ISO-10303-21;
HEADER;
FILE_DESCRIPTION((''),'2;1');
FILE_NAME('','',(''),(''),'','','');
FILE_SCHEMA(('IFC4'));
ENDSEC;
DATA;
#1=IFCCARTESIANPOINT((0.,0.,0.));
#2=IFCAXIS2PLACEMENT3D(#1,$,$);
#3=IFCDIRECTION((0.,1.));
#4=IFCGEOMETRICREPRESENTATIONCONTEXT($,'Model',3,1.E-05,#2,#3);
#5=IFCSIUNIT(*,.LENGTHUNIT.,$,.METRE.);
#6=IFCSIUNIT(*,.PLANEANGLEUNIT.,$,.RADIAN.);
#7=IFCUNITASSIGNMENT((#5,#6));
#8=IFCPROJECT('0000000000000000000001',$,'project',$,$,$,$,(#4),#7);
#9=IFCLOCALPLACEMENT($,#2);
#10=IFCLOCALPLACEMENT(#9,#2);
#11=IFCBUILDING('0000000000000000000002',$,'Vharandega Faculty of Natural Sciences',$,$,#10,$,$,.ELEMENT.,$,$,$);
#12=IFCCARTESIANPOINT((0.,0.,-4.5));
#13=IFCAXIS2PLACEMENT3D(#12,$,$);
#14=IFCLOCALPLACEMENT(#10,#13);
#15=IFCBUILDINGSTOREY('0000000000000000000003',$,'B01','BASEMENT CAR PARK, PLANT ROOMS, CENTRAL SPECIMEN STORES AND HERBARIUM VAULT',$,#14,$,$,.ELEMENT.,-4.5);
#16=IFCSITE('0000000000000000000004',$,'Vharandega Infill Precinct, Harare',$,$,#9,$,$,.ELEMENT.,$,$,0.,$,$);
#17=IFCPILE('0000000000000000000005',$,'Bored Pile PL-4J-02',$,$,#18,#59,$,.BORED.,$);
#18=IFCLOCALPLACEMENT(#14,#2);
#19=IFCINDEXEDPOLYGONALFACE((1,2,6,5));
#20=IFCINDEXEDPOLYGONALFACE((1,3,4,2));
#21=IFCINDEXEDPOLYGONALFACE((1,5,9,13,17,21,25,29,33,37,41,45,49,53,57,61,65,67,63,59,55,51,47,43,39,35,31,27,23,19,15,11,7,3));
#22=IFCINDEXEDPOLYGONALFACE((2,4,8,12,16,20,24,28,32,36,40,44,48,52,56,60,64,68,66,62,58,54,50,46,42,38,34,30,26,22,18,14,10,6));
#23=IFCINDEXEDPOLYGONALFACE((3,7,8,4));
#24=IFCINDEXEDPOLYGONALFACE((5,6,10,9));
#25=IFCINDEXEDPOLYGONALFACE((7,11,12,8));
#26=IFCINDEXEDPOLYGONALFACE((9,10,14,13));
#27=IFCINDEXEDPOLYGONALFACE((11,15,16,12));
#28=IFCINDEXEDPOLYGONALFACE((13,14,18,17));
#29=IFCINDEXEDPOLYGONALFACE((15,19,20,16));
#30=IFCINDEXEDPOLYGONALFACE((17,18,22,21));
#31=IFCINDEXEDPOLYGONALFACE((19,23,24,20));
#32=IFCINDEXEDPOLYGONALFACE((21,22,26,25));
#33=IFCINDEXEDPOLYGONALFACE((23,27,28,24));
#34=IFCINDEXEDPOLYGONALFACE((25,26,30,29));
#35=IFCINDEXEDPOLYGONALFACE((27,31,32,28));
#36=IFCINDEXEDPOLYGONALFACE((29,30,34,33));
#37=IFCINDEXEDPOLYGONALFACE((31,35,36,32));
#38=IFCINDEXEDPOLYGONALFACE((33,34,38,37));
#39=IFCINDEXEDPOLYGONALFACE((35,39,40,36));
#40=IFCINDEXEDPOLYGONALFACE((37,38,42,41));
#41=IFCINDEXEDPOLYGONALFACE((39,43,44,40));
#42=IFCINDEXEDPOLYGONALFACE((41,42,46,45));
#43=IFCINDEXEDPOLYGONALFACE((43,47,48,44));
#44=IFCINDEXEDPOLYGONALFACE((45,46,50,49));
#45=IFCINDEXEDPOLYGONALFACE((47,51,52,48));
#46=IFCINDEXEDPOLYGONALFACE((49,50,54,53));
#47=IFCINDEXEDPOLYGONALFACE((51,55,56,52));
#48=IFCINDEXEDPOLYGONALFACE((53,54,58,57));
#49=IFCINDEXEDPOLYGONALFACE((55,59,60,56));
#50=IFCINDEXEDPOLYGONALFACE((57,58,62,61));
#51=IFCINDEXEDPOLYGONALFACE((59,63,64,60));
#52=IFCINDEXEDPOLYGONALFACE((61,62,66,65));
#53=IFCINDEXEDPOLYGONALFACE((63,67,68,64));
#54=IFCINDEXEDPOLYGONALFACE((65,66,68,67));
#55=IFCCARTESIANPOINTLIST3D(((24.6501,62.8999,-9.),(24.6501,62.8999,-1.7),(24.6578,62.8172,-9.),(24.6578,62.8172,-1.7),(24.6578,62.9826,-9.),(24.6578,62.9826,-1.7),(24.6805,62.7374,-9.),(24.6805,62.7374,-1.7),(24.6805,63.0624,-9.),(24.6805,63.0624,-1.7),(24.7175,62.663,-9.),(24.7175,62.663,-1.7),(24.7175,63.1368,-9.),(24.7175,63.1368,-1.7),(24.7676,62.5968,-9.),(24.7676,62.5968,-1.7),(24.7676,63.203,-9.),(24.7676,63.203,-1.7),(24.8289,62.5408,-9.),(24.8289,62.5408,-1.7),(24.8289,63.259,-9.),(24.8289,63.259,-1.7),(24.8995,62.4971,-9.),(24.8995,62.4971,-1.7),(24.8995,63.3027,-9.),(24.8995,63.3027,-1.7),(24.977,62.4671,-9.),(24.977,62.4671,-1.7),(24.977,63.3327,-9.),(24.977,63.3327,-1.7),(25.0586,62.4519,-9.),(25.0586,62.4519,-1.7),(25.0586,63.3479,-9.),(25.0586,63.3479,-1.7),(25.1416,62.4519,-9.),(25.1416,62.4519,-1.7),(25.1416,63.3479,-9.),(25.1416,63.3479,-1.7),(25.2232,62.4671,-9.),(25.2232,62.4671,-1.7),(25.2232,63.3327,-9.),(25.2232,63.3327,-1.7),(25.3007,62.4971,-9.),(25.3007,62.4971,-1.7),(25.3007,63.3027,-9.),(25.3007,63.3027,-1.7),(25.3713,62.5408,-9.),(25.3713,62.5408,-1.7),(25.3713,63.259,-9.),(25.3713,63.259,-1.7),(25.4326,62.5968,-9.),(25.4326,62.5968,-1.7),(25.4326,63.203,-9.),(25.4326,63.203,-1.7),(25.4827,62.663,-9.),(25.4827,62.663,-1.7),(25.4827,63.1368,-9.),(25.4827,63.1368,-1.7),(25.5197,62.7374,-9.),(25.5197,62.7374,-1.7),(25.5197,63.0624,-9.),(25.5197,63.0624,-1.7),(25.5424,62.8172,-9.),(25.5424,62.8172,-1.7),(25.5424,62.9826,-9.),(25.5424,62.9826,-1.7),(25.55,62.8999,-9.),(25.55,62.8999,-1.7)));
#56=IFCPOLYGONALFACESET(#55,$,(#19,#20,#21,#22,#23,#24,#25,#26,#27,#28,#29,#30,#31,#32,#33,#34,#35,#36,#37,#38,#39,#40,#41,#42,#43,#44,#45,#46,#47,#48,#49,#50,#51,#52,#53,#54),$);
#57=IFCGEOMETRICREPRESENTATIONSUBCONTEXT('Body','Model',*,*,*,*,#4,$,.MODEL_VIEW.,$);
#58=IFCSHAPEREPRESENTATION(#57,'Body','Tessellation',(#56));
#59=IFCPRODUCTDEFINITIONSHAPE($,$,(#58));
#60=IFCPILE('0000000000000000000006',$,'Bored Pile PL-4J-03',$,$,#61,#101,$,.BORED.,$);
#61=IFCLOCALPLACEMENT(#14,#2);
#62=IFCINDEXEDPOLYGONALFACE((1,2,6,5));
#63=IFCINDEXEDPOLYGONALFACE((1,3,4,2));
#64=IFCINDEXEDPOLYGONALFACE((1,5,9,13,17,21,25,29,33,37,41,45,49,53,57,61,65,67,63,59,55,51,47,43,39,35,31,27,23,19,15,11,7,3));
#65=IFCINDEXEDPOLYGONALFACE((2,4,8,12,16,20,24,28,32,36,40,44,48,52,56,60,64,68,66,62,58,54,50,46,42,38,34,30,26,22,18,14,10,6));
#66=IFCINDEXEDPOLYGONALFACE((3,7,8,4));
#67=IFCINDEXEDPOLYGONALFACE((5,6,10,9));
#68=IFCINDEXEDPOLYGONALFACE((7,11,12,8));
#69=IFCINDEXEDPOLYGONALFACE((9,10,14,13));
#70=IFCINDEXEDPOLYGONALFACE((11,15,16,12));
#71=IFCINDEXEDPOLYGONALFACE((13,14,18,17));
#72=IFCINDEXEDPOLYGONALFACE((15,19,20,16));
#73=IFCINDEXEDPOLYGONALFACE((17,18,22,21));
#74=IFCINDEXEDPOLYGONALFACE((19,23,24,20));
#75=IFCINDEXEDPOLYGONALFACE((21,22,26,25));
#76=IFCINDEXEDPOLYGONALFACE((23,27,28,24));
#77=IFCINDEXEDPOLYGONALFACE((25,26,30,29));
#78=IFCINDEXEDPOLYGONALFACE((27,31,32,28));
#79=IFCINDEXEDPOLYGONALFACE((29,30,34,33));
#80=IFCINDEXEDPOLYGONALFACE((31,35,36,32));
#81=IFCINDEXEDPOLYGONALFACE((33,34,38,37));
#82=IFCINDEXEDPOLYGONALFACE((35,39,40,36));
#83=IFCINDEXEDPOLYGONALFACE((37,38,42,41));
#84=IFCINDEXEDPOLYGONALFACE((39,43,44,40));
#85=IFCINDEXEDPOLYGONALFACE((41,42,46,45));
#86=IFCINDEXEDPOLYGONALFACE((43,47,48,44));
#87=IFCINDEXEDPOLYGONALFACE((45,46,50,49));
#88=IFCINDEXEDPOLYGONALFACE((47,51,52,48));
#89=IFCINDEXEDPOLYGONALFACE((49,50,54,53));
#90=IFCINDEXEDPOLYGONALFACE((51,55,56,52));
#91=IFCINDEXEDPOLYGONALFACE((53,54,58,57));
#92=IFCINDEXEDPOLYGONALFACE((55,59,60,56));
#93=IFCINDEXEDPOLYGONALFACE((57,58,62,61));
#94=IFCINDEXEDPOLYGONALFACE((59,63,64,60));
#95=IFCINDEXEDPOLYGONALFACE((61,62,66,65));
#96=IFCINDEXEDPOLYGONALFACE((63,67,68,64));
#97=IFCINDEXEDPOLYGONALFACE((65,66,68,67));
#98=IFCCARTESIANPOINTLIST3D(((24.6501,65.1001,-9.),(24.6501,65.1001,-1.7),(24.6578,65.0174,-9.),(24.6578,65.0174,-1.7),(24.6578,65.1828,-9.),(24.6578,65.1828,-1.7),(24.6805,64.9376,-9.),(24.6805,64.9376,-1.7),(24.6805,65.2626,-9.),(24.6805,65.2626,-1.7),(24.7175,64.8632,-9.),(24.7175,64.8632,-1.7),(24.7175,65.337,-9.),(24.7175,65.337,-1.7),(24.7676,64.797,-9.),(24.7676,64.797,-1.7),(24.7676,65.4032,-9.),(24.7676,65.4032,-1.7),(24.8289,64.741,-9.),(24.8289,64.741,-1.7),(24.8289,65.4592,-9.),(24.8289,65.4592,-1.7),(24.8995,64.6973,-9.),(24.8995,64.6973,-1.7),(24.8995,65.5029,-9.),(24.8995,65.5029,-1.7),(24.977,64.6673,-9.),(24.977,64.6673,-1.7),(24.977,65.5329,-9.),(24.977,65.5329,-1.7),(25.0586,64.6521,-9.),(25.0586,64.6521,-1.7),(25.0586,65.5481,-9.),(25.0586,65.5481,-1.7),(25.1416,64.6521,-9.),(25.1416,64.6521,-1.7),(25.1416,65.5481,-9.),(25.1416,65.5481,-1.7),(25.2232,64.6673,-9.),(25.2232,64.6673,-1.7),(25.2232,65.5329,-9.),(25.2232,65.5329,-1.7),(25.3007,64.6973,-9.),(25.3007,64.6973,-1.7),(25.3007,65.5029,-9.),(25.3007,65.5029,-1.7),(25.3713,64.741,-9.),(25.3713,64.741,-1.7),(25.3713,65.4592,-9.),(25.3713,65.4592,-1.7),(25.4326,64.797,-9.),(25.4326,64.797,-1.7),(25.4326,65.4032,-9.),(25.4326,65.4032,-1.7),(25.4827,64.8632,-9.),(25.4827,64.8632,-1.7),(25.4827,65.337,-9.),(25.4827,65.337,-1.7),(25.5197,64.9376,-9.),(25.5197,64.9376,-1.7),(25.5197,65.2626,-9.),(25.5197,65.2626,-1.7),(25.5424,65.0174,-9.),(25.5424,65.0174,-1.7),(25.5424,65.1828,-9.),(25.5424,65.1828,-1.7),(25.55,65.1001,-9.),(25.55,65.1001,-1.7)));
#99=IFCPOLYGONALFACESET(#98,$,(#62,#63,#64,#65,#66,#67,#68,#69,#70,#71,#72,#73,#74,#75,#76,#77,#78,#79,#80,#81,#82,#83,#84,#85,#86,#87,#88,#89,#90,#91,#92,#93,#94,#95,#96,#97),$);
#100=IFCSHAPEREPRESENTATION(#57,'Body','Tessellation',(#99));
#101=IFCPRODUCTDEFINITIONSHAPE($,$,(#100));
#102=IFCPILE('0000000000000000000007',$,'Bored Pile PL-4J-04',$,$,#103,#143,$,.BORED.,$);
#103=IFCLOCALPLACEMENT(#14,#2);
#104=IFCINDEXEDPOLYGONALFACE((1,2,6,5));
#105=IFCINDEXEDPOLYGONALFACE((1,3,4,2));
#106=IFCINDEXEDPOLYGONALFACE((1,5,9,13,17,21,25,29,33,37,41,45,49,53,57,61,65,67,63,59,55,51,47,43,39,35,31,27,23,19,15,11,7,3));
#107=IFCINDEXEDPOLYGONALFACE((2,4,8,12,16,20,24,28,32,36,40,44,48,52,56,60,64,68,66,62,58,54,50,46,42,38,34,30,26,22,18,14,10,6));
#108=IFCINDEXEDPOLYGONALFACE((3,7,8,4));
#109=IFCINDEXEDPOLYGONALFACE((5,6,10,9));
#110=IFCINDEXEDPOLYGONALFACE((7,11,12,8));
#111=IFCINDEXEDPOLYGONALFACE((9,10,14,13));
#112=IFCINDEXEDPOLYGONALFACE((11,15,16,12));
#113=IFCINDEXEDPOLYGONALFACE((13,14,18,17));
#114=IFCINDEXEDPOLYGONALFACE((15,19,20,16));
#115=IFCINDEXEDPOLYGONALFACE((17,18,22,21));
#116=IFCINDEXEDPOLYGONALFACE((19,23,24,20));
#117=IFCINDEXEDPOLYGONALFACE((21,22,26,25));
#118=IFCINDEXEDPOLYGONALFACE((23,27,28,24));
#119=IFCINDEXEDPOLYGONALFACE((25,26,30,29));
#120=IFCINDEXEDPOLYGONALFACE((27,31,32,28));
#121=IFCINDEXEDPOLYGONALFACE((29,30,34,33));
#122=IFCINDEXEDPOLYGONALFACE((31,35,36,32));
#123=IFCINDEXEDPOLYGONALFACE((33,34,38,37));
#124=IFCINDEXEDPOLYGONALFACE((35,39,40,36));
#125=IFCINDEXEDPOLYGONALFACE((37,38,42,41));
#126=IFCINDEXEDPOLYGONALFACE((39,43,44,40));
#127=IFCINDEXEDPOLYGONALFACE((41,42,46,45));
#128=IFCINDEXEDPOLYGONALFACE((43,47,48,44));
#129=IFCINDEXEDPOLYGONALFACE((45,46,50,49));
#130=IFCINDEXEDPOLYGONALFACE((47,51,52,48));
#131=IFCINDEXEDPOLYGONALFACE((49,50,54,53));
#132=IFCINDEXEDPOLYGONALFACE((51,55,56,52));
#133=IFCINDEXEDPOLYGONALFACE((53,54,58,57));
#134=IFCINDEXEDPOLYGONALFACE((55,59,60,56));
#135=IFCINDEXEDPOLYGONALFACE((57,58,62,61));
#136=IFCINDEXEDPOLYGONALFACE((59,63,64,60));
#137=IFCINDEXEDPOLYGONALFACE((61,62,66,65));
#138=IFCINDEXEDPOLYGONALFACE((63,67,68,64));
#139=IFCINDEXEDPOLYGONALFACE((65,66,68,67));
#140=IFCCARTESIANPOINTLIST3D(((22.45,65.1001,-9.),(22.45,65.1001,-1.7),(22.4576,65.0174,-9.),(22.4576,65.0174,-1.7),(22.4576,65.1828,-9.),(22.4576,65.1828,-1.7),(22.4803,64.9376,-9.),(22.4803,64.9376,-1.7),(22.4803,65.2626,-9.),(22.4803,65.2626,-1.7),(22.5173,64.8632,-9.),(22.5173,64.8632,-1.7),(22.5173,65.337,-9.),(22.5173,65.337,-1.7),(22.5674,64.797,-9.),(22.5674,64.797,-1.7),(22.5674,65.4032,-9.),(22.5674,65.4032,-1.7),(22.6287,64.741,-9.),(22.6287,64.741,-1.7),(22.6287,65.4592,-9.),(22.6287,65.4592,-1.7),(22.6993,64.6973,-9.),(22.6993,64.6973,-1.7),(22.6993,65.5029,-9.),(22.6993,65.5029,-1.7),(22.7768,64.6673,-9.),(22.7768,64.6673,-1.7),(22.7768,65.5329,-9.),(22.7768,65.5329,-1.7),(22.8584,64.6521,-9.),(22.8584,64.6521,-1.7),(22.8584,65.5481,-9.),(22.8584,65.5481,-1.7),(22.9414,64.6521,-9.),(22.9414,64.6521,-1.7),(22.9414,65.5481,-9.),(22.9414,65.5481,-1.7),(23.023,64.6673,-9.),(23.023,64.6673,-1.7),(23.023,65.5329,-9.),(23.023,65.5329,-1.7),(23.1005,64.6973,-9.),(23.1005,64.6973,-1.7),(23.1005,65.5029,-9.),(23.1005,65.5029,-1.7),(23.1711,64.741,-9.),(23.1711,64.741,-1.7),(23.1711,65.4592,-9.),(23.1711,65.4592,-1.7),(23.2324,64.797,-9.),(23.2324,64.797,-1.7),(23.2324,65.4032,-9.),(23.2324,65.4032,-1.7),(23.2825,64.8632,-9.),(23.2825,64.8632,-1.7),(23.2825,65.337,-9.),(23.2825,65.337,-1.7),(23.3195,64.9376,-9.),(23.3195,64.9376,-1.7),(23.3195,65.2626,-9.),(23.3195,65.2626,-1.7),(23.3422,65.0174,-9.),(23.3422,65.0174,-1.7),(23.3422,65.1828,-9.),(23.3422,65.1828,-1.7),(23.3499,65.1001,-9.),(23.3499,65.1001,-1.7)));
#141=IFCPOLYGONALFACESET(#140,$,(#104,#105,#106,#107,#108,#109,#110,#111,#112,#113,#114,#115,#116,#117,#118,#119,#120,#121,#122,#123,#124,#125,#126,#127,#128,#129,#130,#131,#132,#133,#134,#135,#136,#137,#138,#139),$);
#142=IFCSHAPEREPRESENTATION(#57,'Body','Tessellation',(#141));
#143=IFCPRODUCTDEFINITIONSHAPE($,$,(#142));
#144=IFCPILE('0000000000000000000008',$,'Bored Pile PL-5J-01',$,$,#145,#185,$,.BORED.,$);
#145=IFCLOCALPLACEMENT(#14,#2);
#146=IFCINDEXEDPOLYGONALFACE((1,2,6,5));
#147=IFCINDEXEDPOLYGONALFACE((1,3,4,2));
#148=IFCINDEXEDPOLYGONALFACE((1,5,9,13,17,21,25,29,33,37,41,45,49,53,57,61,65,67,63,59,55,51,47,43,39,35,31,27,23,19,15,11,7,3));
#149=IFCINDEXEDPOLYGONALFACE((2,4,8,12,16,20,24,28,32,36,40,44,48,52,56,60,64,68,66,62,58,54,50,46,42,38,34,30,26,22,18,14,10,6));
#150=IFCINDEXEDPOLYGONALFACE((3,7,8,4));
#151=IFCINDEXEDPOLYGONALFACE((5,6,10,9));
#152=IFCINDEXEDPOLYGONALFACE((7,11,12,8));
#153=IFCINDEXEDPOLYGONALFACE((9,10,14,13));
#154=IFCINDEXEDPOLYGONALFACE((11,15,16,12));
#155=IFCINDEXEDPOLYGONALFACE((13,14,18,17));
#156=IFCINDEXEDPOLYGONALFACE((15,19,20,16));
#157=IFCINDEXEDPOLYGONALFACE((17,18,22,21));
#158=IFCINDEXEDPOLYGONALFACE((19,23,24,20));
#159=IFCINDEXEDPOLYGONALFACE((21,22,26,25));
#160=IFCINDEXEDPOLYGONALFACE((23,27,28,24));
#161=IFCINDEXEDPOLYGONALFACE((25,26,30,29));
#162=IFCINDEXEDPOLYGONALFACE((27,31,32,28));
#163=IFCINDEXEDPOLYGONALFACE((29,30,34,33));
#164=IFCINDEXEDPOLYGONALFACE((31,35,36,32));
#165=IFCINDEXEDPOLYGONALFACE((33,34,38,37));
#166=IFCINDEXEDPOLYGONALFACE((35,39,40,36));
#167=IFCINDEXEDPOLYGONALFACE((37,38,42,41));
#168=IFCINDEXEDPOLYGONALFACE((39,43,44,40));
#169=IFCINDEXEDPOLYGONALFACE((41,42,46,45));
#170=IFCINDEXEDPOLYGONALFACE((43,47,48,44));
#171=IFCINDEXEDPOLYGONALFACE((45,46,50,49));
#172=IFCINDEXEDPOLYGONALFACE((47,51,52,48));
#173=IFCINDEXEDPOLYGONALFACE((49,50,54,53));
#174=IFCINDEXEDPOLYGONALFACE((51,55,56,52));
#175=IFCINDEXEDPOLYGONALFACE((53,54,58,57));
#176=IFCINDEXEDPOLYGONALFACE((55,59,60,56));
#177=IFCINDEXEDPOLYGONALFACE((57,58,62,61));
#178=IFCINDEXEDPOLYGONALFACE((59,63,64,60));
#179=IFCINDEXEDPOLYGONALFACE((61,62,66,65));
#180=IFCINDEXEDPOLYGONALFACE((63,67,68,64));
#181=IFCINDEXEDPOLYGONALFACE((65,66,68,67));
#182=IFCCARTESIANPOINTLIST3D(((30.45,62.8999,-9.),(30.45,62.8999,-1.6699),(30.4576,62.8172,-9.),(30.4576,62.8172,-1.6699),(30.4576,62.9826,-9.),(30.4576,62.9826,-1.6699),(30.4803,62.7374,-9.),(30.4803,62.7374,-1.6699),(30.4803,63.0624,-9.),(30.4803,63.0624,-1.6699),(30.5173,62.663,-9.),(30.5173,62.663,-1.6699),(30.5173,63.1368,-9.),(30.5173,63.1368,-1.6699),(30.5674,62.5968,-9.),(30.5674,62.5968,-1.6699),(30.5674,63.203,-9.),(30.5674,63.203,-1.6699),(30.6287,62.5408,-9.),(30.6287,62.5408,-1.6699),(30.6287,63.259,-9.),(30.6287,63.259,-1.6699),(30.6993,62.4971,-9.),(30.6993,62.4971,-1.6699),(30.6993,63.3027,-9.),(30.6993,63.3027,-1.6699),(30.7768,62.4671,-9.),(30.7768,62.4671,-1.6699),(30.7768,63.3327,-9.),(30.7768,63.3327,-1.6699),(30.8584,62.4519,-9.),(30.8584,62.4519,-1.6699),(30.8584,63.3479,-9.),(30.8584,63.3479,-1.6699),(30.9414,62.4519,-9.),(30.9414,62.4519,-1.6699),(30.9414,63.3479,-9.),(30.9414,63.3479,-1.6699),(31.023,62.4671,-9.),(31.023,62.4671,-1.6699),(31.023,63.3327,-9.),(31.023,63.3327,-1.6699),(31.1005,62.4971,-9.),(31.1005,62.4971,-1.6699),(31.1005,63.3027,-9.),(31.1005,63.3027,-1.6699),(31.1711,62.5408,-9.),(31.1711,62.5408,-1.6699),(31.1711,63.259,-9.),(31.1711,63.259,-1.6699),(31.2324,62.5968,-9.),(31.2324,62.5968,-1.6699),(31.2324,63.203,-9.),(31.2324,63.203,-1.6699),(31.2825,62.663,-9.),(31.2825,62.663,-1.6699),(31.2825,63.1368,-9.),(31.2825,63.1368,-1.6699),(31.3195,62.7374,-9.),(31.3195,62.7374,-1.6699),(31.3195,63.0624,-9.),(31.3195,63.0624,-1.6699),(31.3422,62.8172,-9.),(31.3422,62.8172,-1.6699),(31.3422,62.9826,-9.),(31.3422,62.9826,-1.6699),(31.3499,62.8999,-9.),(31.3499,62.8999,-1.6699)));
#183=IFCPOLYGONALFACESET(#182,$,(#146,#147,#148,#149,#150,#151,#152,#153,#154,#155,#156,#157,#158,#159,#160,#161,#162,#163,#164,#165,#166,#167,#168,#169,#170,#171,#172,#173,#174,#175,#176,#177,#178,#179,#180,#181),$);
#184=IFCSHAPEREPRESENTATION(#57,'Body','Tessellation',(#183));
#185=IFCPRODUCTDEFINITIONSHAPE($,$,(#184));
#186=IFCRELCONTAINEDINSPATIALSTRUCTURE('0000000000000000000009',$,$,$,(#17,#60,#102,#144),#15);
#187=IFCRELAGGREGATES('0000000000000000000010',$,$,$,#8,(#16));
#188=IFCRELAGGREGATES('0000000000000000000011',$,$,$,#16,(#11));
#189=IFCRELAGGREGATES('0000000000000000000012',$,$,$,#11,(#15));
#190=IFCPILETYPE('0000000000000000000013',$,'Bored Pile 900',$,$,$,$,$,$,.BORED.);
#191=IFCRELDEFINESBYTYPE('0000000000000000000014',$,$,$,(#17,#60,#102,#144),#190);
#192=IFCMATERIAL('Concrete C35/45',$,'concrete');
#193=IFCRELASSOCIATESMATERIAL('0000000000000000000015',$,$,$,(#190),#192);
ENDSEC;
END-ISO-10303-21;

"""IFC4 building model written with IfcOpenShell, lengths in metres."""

from ifc_helpers import new_model, si_unit, direction, frame, origin, origin_2d, place, context, subcontext, project, spatial, circle, extrude, material, material_profile, profile_set, type_object, element, save


model = new_model("IFC4")

# Units and contexts
model_context = context("Model", 3, precision=1e-05, world=origin(), true_north=direction((0.0, 1.0)))
body_context = subcontext(model_context, "Body", "Model", "MODEL_VIEW")
ifc_project = project(units=[si_unit("LENGTHUNIT", "METRE"), si_unit("PLANEANGLEUNIT", "RADIAN")], contexts=[model_context])

# Site, building, storey
site_placement = place(None, origin())
site = spatial("IfcSite", under=ifc_project, at=site_placement, Name="Vharandega Infill Precinct, Harare", CompositionType="ELEMENT", RefElevation=0.0)
building_placement = place(site_placement, origin())
building = spatial("IfcBuilding", under=site, at=building_placement, Name="Vharandega Faculty of Natural Sciences", CompositionType="ELEMENT")
storey_placement = place(building_placement, frame((0.0, 0.0, -4.5)))
storey = spatial("IfcBuildingStorey", under=building, at=storey_placement, Name="B01", Description="BASEMENT CAR PARK, PLANT ROOMS, CENTRAL SPECIMEN STORES AND HERBARIUM VAULT", CompositionType="ELEMENT", Elevation=-4.5)

# Piles
ifc_material_1 = material(Name="Concrete C35/45", Category="concrete")
ifc_material_profile_1 = material_profile(ifc_material_1, circle(Radius=0.45, at=origin_2d()), Name="PILE 900")
ifc_profile_set_1 = profile_set([ifc_material_profile_1], Name="Concrete C35/45")
pile_type = type_object("IfcPileType", Name="Bored Pile 900", PredefinedType="BORED", material=ifc_profile_set_1)
for number, where, z_axis, x_axis, name in (
    (1, (25.1001, 62.8999, -1.7), (0.0, 0.0, -1.0), (1.0, 0.0, 0.0), "Bored Pile PL-4J-02"),
    (2, (25.1001, 65.1001, -1.7), (0.0, 0.0, -1.0), (1.0, 0.0, 0.0), "Bored Pile PL-4J-03"),
    (3, (22.8999, 65.1001, -1.7), (0.0, 0.0, -1.0), (1.0, 0.0, 0.0), "Bored Pile PL-4J-04"),
):
    element("IfcPile", number, at=place(storey_placement, frame(where, z_axis=z_axis, x_axis=x_axis)), inside=storey, type_object=pile_type, Name=name, PredefinedType="BORED", context=body_context, shape_type="SweptSolid", body=[
        extrude(circle(Radius=0.45, at=origin_2d()), origin(), (0.0, 0.0, 1.0), 7.3),
    ])
for number, where, z_axis, x_axis, name in (
    (4, (30.8999, 62.8999, -1.6699), (0.0, 0.0, -1.0), (1.0, 0.0, 0.0), "Bored Pile PL-5J-01"),
):
    element("IfcPile", number, at=place(storey_placement, frame(where, z_axis=z_axis, x_axis=x_axis)), inside=storey, type_object=pile_type, Name=name, PredefinedType="BORED", context=body_context, shape_type="SweptSolid", body=[
        extrude(circle(Radius=0.45, at=origin_2d()), origin(), (0.0, 0.0, 1.0), 7.3301),
    ])

save(model, "model.ifc")
